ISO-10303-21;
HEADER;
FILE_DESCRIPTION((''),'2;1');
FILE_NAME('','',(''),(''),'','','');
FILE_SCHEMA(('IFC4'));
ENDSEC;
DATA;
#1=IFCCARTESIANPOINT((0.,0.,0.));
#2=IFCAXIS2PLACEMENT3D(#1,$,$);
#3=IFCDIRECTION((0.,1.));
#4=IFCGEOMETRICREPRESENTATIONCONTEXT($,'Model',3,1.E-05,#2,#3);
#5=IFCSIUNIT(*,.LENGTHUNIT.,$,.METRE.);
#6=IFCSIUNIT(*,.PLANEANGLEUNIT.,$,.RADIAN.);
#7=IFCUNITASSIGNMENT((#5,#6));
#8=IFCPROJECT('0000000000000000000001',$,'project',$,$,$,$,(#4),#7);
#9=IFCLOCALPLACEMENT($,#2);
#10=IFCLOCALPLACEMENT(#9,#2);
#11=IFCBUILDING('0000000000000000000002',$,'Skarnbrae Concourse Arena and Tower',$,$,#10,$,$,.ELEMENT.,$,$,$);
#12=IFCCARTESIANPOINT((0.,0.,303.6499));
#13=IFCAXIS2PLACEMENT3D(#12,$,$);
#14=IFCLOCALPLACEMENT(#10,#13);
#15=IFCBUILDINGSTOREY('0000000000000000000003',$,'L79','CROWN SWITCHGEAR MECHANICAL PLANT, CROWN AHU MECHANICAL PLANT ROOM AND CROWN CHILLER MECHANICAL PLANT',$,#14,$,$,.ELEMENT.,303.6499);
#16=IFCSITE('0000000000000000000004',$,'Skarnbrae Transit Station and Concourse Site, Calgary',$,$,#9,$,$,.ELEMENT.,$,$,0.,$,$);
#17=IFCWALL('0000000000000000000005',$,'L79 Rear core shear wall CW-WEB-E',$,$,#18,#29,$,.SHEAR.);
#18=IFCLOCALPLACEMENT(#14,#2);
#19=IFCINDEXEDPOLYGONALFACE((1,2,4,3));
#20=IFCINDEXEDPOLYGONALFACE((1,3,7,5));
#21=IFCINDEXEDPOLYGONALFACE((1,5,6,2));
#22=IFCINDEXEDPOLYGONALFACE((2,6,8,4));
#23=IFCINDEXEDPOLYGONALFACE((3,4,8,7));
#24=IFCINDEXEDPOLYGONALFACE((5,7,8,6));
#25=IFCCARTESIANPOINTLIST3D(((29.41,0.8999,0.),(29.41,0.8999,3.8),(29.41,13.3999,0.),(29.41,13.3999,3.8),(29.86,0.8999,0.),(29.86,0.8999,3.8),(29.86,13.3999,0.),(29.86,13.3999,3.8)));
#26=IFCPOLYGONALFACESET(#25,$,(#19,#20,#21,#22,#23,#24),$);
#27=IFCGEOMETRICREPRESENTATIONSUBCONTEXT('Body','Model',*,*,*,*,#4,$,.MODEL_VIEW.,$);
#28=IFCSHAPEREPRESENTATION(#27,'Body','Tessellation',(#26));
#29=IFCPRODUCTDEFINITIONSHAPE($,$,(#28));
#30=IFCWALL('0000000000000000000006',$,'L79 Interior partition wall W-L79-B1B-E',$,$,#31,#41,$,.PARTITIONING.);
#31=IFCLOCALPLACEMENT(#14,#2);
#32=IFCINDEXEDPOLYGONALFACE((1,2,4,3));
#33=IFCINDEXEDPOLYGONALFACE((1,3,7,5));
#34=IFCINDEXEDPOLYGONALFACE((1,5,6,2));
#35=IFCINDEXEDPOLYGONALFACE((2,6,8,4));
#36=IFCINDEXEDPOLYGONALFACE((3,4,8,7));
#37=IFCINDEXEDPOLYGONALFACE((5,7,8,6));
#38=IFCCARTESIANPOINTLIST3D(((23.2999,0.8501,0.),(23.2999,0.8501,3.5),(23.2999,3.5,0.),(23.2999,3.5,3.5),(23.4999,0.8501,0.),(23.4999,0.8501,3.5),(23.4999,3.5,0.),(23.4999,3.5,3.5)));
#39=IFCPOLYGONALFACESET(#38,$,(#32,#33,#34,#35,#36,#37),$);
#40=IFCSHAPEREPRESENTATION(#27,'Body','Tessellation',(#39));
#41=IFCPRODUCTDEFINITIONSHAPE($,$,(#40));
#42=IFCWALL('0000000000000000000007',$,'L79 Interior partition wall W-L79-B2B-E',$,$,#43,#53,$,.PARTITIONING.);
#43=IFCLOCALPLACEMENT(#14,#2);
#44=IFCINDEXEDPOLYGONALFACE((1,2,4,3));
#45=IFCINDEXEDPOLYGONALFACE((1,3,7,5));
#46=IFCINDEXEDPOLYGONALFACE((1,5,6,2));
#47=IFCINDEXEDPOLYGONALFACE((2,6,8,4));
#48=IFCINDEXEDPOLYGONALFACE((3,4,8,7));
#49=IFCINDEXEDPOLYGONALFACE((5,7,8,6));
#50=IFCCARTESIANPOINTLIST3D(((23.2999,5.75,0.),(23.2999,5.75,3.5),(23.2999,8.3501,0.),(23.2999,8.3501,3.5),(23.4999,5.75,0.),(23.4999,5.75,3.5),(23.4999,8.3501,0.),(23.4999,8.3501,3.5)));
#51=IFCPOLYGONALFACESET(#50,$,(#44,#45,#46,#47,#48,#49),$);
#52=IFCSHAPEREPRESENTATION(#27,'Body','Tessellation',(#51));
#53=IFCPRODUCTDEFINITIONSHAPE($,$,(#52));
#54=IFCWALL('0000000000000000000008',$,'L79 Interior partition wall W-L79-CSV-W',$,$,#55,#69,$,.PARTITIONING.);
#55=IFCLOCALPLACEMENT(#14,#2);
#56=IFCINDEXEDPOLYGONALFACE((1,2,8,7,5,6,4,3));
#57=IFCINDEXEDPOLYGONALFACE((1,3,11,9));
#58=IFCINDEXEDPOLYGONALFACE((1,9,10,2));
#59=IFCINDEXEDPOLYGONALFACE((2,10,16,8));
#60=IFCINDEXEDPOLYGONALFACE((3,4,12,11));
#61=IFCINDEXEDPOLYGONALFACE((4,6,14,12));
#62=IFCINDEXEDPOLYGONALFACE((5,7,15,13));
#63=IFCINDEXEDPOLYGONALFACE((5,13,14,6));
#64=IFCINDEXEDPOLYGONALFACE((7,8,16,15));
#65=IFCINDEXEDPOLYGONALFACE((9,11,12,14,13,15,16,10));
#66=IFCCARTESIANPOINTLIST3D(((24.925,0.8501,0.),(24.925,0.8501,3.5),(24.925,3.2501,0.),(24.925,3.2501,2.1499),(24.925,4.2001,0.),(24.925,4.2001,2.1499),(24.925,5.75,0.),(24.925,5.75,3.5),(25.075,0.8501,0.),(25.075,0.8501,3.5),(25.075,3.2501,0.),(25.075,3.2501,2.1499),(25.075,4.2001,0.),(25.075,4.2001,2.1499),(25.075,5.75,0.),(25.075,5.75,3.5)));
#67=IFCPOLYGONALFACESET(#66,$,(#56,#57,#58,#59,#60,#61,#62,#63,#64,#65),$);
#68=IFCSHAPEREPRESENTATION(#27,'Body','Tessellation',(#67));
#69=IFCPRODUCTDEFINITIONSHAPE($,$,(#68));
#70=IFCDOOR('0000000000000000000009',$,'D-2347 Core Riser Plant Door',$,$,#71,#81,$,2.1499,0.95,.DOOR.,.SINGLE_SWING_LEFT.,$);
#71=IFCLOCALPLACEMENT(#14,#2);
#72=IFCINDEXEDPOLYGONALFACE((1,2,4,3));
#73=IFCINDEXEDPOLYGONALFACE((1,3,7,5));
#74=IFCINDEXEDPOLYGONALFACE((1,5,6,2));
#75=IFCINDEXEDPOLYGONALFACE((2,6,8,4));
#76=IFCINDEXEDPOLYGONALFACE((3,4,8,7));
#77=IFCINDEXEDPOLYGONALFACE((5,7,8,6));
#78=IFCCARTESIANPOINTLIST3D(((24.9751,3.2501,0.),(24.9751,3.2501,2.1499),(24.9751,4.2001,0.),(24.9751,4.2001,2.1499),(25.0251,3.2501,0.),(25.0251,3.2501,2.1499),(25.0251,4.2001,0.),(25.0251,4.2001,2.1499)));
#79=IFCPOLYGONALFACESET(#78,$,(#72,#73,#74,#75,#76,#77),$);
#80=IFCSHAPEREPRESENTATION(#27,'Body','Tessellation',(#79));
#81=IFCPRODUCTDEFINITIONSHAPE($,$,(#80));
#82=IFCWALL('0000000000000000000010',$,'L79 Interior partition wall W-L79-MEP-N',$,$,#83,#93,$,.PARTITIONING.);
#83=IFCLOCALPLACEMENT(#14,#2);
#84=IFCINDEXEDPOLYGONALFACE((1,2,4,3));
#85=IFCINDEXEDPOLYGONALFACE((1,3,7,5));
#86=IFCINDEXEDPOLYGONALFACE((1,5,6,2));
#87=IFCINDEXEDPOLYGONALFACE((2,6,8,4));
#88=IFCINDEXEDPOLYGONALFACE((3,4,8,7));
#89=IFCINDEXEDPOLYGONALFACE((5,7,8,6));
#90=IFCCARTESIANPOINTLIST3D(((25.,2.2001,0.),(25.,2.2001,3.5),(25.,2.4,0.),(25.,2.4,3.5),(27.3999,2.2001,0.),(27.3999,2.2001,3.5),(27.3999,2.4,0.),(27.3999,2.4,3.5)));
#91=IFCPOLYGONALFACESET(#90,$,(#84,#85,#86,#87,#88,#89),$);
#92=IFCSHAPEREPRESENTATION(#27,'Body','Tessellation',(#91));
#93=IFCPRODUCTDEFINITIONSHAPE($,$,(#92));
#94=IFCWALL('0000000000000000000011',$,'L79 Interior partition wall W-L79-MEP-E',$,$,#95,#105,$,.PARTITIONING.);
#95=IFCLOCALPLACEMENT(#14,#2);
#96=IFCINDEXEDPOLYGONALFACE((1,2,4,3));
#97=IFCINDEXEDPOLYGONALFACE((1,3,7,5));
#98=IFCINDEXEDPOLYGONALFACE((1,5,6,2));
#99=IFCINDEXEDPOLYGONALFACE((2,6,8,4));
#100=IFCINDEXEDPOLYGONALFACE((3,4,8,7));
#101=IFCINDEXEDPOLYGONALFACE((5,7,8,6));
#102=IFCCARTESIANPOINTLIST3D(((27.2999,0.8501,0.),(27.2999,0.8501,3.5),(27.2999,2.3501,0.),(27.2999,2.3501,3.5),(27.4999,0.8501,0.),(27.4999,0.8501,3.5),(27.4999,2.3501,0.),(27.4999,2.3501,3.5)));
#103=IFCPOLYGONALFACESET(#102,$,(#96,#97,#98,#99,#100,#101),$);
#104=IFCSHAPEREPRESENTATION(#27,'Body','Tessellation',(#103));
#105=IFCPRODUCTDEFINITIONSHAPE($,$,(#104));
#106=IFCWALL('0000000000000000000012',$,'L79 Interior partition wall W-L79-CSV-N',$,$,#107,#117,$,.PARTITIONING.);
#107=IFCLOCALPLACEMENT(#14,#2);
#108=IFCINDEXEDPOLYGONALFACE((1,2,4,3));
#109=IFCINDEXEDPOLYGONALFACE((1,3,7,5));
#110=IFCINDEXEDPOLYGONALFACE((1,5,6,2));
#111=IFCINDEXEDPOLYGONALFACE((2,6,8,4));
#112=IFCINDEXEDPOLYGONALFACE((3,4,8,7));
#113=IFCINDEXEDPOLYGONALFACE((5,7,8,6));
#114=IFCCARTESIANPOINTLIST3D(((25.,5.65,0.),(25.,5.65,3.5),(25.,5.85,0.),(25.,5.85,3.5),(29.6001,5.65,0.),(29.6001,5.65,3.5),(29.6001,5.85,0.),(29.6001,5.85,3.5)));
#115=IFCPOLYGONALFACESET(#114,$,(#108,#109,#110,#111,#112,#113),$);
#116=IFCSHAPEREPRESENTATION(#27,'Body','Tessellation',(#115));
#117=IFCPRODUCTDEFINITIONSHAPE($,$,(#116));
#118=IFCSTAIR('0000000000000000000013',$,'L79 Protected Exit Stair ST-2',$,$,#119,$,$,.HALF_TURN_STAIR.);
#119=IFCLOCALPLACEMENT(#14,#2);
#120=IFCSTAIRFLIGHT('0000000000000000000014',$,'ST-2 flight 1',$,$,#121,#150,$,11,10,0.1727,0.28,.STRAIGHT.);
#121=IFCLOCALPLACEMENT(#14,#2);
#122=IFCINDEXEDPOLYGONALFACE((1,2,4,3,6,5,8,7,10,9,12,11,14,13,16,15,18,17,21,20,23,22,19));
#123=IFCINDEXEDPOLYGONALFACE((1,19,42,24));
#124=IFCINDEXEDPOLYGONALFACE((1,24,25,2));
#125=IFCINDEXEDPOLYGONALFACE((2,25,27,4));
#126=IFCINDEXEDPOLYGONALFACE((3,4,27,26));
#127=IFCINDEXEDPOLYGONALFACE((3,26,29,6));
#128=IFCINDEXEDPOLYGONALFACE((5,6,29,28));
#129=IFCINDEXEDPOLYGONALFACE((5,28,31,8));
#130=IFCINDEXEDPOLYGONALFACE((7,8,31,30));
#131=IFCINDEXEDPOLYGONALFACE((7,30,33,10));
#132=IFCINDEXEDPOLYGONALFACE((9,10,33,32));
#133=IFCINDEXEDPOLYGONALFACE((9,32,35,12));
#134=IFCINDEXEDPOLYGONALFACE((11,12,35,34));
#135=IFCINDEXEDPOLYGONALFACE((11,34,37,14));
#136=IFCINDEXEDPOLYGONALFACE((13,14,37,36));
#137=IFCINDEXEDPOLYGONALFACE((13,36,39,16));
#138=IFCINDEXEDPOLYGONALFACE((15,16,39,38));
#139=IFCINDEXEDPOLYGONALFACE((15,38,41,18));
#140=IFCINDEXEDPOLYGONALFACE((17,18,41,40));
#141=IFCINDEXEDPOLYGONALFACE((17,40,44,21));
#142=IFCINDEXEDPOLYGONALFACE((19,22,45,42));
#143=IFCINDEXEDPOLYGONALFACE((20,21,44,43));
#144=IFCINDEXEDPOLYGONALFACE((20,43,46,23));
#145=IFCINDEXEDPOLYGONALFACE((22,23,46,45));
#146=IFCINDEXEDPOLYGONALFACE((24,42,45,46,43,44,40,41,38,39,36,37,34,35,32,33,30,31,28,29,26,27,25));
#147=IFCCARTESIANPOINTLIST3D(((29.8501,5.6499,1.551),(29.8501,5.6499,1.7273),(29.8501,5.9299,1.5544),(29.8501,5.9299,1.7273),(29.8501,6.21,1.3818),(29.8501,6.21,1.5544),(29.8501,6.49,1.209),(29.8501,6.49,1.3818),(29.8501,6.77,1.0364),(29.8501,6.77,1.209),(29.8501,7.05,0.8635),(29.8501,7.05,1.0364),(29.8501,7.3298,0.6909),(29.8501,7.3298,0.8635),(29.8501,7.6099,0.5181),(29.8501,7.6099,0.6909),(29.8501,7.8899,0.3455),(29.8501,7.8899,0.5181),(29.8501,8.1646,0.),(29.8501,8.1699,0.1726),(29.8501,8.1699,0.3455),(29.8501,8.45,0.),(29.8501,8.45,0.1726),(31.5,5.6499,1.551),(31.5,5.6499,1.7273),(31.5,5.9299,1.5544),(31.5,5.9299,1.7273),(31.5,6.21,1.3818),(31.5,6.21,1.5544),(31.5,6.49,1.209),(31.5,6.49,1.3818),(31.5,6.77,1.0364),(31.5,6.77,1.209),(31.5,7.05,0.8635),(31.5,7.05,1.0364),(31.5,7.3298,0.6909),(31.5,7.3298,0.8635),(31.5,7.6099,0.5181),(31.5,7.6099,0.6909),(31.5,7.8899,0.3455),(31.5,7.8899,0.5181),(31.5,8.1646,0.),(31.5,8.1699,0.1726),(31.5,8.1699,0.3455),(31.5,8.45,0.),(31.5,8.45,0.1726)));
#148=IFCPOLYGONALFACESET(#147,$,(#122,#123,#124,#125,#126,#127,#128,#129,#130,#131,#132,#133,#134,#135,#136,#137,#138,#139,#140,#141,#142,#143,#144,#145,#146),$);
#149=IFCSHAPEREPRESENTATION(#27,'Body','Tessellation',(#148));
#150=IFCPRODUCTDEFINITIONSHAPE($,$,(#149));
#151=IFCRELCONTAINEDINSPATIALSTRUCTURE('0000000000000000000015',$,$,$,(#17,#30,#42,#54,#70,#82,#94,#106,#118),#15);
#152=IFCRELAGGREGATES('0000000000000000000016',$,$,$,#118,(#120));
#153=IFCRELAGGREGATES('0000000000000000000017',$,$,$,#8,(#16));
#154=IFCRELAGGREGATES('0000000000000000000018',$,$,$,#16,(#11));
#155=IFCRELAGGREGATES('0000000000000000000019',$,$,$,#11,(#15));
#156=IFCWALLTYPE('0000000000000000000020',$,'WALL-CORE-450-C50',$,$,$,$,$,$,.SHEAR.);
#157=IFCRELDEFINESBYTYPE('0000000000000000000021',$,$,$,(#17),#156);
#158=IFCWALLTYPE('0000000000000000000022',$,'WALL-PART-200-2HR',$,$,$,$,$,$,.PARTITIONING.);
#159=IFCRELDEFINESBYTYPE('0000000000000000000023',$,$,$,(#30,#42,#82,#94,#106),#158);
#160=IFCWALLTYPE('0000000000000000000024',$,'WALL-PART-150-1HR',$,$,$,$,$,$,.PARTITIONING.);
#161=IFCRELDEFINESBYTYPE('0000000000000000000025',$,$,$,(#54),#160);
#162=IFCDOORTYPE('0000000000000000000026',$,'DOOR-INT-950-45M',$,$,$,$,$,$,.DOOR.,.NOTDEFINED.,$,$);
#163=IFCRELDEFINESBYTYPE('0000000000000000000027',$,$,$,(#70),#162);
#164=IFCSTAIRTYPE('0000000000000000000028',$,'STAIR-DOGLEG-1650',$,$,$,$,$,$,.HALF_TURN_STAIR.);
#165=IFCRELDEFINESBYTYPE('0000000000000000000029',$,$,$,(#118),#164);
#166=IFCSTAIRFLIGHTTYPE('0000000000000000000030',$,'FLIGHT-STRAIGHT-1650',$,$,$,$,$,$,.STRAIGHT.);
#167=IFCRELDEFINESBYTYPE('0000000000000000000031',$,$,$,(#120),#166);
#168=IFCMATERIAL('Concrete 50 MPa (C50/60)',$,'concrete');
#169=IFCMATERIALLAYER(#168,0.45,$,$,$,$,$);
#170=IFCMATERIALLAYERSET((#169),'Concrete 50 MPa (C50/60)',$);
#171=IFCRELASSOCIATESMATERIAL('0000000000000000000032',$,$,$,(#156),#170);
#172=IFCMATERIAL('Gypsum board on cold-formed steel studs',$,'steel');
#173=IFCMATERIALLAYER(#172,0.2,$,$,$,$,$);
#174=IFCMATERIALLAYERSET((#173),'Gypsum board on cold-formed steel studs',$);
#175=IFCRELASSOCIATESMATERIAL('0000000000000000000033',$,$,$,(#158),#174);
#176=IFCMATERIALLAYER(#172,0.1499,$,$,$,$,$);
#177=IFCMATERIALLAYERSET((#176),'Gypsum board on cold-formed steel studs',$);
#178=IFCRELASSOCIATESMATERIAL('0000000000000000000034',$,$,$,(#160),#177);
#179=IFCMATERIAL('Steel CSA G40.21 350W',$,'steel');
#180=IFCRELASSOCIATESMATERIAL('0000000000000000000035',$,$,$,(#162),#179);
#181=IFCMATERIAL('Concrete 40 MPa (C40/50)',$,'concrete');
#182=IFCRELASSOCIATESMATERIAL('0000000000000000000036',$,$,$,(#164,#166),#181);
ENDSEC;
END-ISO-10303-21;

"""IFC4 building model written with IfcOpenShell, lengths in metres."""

from ifc_helpers import new_model, si_unit, direction, frame, frame_2d, origin, place, context, subcontext, project, spatial, polyline, rectangle, outline, extrude, source, transform, mapped, material, layer, layer_set, type_object, element, fill, aggregate, save


model = new_model("IFC4")

# Units and contexts
model_context = context("Model", 3, precision=1e-05, world=origin(), true_north=direction((0.0, 1.0)))
body_context = subcontext(model_context, "Body", "Model", "MODEL_VIEW")
ifc_project = project(units=[si_unit("LENGTHUNIT", "METRE"), si_unit("PLANEANGLEUNIT", "RADIAN")], contexts=[model_context])

# Site, building, storey
site_placement = place(None, origin())
site = spatial("IfcSite", under=ifc_project, at=site_placement, Name="Skarnbrae Transit Station and Concourse Site, Calgary", CompositionType="ELEMENT", RefElevation=0.0)
building_placement = place(site_placement, origin())
building = spatial("IfcBuilding", under=site, at=building_placement, Name="Skarnbrae Concourse Arena and Tower", CompositionType="ELEMENT")
storey_placement = place(building_placement, frame((0.0, 0.0, 303.6499)))
storey = spatial("IfcBuildingStorey", under=building, at=storey_placement, Name="L79", Description="CROWN SWITCHGEAR MECHANICAL PLANT, CROWN AHU MECHANICAL PLANT ROOM AND CROWN CHILLER MECHANICAL PLANT", CompositionType="ELEMENT", Elevation=303.6499)

# Shared definitions
ifc_material_1 = material(Name="Steel CSA G40.21 350W", Category="steel")

# Shared definitions
ifc_material_2 = material(Name="Concrete 50 MPa (C50/60)", Category="concrete")

# Wall
ifc_layer_1 = layer(ifc_material_2, 0.45)
ifc_layer_set_1 = layer_set([ifc_layer_1], Name="Concrete 50 MPa (C50/60)")
wall_type_1 = type_object("IfcWallType", Name="WALL-CORE-450-C50", PredefinedType="SHEAR", material=ifc_layer_set_1)
shared_shape_1 = source(origin(), body_context, "Body", "SweptSolid", [
    extrude(rectangle(XDim=12.5, YDim=0.45, at=frame_2d((6.25, 0.0))), origin(), (0.0, 0.0, 1.0), 3.8),
])
wall_1_placement = place(storey_placement, frame((29.635, 0.8999, 0.0), z_axis=(0.0, 0.0, 1.0), x_axis=(0.0, 1.0, 0.0)))
element("IfcWall", 1, at=wall_1_placement, inside=storey, type_object=wall_type_1, Name="L79 Rear core shear wall CW-WEB-E", PredefinedType="SHEAR", context=body_context, shape_type="MappedRepresentation", body=[
    mapped(shared_shape_1, transform((0.0, 0.0, 0.0))),
])

# Walls
ifc_material_3 = material(Name="Gypsum board on cold-formed steel studs", Category="steel")
ifc_layer_2 = layer(ifc_material_3, 0.2)
ifc_layer_set_2 = layer_set([ifc_layer_2], Name="Gypsum board on cold-formed steel studs")
wall_type_2 = type_object("IfcWallType", Name="WALL-PART-200-2HR", PredefinedType="PARTITIONING", material=ifc_layer_set_2)
shared_shape_2 = source(origin(), body_context, "Body", "SweptSolid", [
    extrude(rectangle(XDim=2.6499, YDim=0.2, at=frame_2d((1.325, 0.0))), origin(), (0.0, 0.0, 1.0), 3.5),
])
wall_2_placement = place(storey_placement, frame((23.3999, 0.8501, 0.0), z_axis=(0.0, 0.0, 1.0), x_axis=(0.0, 1.0, 0.0)))
element("IfcWall", 2, at=wall_2_placement, inside=storey, type_object=wall_type_2, Name="L79 Interior partition wall W-L79-B1B-E", PredefinedType="PARTITIONING", context=body_context, shape_type="MappedRepresentation", body=[
    mapped(shared_shape_2, transform((0.0, 0.0, 0.0))),
])
shared_shape_3 = source(origin(), body_context, "Body", "SweptSolid", [
    extrude(rectangle(XDim=2.6001, YDim=0.2, at=frame_2d((1.3, 0.0))), origin(), (0.0, 0.0, 1.0), 3.5),
])
wall_3_placement = place(storey_placement, frame((23.3999, 5.75, 0.0), z_axis=(0.0, 0.0, 1.0), x_axis=(0.0, 1.0, 0.0)))
element("IfcWall", 3, at=wall_3_placement, inside=storey, type_object=wall_type_2, Name="L79 Interior partition wall W-L79-B2B-E", PredefinedType="PARTITIONING", context=body_context, shape_type="MappedRepresentation", body=[
    mapped(shared_shape_3, transform((0.0, 0.0, 0.0))),
])

# Wall, opening, door
ifc_layer_3 = layer(ifc_material_3, 0.1499)
ifc_layer_set_3 = layer_set([ifc_layer_3], Name="Gypsum board on cold-formed steel studs")
wall_type_3 = type_object("IfcWallType", Name="WALL-PART-150-1HR", PredefinedType="PARTITIONING", material=ifc_layer_set_3)
shared_shape_4 = source(origin(), body_context, "Body", "SweptSolid", [
    extrude(rectangle(XDim=4.8999, YDim=0.1499, at=frame_2d((2.45, 0.0))), origin(), (0.0, 0.0, 1.0), 3.5),
])
wall_4_placement = place(storey_placement, frame((25.0, 0.8501, 0.0), z_axis=(0.0, 0.0, 1.0), x_axis=(0.0, 1.0, 0.0)))
wall_4 = element("IfcWall", 4, at=wall_4_placement, inside=storey, type_object=wall_type_3, Name="L79 Interior partition wall W-L79-CSV-W", PredefinedType="PARTITIONING", context=body_context, shape_type="MappedRepresentation", body=[
    mapped(shared_shape_4, transform((0.0, 0.0, 0.0))),
])
opening_1_placement = place(wall_4_placement, frame((2.3999, 0.0, 0.0)))
opening_1 = element("IfcOpeningElement", 5, at=opening_1_placement, cuts=wall_4, PredefinedType="OPENING", context=body_context, shape_type="SweptSolid", body=[
    extrude(rectangle(XDim=0.95, YDim=2.1499, at=frame_2d((0.4751, 1.075))), frame((0.0, 0.085, 0.0), z_axis=(0.0, -1.0, 0.0), x_axis=(1.0, 0.0, 0.0)), (0.0, 0.0, 1.0), 0.1699),
])
door_type_1 = type_object("IfcDoorType", Name="DOOR-INT-950-45M", OperationType="NOTDEFINED", PredefinedType="DOOR", material=ifc_material_1)
shared_shape_5 = source(origin(), body_context, "Body", "SweptSolid", [
    extrude(rectangle(XDim=0.95, YDim=2.1499, at=frame_2d((0.4751, 1.075))), frame((0.0, 0.0249, 0.0), z_axis=(0.0, -1.0, 0.0), x_axis=(1.0, 0.0, 0.0)), (0.0, 0.0, 1.0), 0.05),
])
door_1_placement = place(opening_1_placement, origin())
door_1 = element("IfcDoor", 6, at=door_1_placement, inside=storey, type_object=door_type_1, Name="D-2347 Core Riser Plant Door", OperationType="SINGLE_SWING_LEFT", OverallHeight=2.1499, OverallWidth=0.95, PredefinedType="DOOR", context=body_context, shape_type="MappedRepresentation", body=[
    mapped(shared_shape_5, transform((0.0, 0.0, 0.0))),
])
fill(opening_1, door_1)

# Walls
shared_shape_6 = source(origin(), body_context, "Body", "SweptSolid", [
    extrude(rectangle(XDim=2.3999, YDim=0.2, at=frame_2d((1.2, 0.0))), origin(), (0.0, 0.0, 1.0), 3.5),
])
wall_5_placement = place(storey_placement, frame((25.0, 2.3, 0.0), z_axis=(0.0, 0.0, 1.0), x_axis=(1.0, 0.0, 0.0)))
element("IfcWall", 7, at=wall_5_placement, inside=storey, type_object=wall_type_2, Name="L79 Interior partition wall W-L79-MEP-N", PredefinedType="PARTITIONING", context=body_context, shape_type="MappedRepresentation", body=[
    mapped(shared_shape_6, transform((0.0, 0.0, 0.0))),
])
shared_shape_7 = source(origin(), body_context, "Body", "SweptSolid", [
    extrude(rectangle(XDim=1.5, YDim=0.2, at=frame_2d((0.75, 0.0))), origin(), (0.0, 0.0, 1.0), 3.5),
])
wall_6_placement = place(storey_placement, frame((27.3999, 0.8501, 0.0), z_axis=(0.0, 0.0, 1.0), x_axis=(0.0, 1.0, 0.0)))
element("IfcWall", 8, at=wall_6_placement, inside=storey, type_object=wall_type_2, Name="L79 Interior partition wall W-L79-MEP-E", PredefinedType="PARTITIONING", context=body_context, shape_type="MappedRepresentation", body=[
    mapped(shared_shape_7, transform((0.0, 0.0, 0.0))),
])
shared_shape_8 = source(origin(), body_context, "Body", "SweptSolid", [
    extrude(rectangle(XDim=4.6001, YDim=0.2, at=frame_2d((2.3, 0.0))), origin(), (0.0, 0.0, 1.0), 3.5),
])
wall_7_placement = place(storey_placement, frame((25.0, 5.75, 0.0), z_axis=(0.0, 0.0, 1.0), x_axis=(1.0, 0.0, 0.0)))
element("IfcWall", 9, at=wall_7_placement, inside=storey, type_object=wall_type_2, Name="L79 Interior partition wall W-L79-CSV-N", PredefinedType="PARTITIONING", context=body_context, shape_type="MappedRepresentation", body=[
    mapped(shared_shape_8, transform((0.0, 0.0, 0.0))),
])

# Stair, stair flight
ifc_material_4 = material(Name="Concrete 40 MPa (C40/50)", Category="concrete")
stair_type = type_object("IfcStairType", Name="STAIR-DOGLEG-1650", PredefinedType="HALF_TURN_STAIR", material=ifc_material_4)
stair_placement = place(storey_placement, origin())
stair = element("IfcStair", 10, at=stair_placement, inside=storey, type_object=stair_type, Name="L79 Protected Exit Stair ST-2", PredefinedType="HALF_TURN_STAIR")
stair_flight_type = type_object("IfcStairFlightType", Name="FLIGHT-STRAIGHT-1650", PredefinedType="STRAIGHT", material=ifc_material_4)
shared_shape_9 = source(origin(), body_context, "Body", "SweptSolid", [
    extrude(outline(polyline([(0.0, 0.0), (0.0, 0.1726), (0.28, 0.1726), (0.28, 0.3455), (0.5601, 0.3455), (0.5601, 0.5181), (0.8401, 0.5181), (0.8401, 0.6909), (1.1201, 0.6909), (1.1201, 0.8635), (1.3999, 0.8635), (1.3999, 1.0364), (1.6799, 1.0364), (1.6799, 1.209), (1.96, 1.209), (1.96, 1.3818), (2.24, 1.3818), (2.24, 1.5544), (2.52, 1.5544), (2.52, 1.7273), (2.8, 1.7273), (2.8, 1.8999), (2.8, 1.551), (0.2854, 0.0), (0.0, 0.0)])), frame((0.0, 0.825, 0.0), z_axis=(0.0, -1.0, 0.0), x_axis=(1.0, 0.0, 0.0)), (0.0, 0.0, 1.0), 1.6499),
])
stair_flight_placement = place(storey_placement, frame((30.675, 8.45, 0.0), z_axis=(0.0, 0.0, 1.0), x_axis=(0.0, -1.0, 0.0)))
stair_flight = element("IfcStairFlight", 11, at=stair_flight_placement, type_object=stair_flight_type, Name="ST-2 flight 1", NumberOfRisers=11, NumberOfTreads=10, PredefinedType="STRAIGHT", RiserHeight=0.1727, TreadLength=0.28, context=body_context, shape_type="MappedRepresentation", body=[
    mapped(shared_shape_9, transform((0.0, 0.0, 0.0))),
])
aggregate(stair, [stair_flight])

save(model, "model.ifc")
